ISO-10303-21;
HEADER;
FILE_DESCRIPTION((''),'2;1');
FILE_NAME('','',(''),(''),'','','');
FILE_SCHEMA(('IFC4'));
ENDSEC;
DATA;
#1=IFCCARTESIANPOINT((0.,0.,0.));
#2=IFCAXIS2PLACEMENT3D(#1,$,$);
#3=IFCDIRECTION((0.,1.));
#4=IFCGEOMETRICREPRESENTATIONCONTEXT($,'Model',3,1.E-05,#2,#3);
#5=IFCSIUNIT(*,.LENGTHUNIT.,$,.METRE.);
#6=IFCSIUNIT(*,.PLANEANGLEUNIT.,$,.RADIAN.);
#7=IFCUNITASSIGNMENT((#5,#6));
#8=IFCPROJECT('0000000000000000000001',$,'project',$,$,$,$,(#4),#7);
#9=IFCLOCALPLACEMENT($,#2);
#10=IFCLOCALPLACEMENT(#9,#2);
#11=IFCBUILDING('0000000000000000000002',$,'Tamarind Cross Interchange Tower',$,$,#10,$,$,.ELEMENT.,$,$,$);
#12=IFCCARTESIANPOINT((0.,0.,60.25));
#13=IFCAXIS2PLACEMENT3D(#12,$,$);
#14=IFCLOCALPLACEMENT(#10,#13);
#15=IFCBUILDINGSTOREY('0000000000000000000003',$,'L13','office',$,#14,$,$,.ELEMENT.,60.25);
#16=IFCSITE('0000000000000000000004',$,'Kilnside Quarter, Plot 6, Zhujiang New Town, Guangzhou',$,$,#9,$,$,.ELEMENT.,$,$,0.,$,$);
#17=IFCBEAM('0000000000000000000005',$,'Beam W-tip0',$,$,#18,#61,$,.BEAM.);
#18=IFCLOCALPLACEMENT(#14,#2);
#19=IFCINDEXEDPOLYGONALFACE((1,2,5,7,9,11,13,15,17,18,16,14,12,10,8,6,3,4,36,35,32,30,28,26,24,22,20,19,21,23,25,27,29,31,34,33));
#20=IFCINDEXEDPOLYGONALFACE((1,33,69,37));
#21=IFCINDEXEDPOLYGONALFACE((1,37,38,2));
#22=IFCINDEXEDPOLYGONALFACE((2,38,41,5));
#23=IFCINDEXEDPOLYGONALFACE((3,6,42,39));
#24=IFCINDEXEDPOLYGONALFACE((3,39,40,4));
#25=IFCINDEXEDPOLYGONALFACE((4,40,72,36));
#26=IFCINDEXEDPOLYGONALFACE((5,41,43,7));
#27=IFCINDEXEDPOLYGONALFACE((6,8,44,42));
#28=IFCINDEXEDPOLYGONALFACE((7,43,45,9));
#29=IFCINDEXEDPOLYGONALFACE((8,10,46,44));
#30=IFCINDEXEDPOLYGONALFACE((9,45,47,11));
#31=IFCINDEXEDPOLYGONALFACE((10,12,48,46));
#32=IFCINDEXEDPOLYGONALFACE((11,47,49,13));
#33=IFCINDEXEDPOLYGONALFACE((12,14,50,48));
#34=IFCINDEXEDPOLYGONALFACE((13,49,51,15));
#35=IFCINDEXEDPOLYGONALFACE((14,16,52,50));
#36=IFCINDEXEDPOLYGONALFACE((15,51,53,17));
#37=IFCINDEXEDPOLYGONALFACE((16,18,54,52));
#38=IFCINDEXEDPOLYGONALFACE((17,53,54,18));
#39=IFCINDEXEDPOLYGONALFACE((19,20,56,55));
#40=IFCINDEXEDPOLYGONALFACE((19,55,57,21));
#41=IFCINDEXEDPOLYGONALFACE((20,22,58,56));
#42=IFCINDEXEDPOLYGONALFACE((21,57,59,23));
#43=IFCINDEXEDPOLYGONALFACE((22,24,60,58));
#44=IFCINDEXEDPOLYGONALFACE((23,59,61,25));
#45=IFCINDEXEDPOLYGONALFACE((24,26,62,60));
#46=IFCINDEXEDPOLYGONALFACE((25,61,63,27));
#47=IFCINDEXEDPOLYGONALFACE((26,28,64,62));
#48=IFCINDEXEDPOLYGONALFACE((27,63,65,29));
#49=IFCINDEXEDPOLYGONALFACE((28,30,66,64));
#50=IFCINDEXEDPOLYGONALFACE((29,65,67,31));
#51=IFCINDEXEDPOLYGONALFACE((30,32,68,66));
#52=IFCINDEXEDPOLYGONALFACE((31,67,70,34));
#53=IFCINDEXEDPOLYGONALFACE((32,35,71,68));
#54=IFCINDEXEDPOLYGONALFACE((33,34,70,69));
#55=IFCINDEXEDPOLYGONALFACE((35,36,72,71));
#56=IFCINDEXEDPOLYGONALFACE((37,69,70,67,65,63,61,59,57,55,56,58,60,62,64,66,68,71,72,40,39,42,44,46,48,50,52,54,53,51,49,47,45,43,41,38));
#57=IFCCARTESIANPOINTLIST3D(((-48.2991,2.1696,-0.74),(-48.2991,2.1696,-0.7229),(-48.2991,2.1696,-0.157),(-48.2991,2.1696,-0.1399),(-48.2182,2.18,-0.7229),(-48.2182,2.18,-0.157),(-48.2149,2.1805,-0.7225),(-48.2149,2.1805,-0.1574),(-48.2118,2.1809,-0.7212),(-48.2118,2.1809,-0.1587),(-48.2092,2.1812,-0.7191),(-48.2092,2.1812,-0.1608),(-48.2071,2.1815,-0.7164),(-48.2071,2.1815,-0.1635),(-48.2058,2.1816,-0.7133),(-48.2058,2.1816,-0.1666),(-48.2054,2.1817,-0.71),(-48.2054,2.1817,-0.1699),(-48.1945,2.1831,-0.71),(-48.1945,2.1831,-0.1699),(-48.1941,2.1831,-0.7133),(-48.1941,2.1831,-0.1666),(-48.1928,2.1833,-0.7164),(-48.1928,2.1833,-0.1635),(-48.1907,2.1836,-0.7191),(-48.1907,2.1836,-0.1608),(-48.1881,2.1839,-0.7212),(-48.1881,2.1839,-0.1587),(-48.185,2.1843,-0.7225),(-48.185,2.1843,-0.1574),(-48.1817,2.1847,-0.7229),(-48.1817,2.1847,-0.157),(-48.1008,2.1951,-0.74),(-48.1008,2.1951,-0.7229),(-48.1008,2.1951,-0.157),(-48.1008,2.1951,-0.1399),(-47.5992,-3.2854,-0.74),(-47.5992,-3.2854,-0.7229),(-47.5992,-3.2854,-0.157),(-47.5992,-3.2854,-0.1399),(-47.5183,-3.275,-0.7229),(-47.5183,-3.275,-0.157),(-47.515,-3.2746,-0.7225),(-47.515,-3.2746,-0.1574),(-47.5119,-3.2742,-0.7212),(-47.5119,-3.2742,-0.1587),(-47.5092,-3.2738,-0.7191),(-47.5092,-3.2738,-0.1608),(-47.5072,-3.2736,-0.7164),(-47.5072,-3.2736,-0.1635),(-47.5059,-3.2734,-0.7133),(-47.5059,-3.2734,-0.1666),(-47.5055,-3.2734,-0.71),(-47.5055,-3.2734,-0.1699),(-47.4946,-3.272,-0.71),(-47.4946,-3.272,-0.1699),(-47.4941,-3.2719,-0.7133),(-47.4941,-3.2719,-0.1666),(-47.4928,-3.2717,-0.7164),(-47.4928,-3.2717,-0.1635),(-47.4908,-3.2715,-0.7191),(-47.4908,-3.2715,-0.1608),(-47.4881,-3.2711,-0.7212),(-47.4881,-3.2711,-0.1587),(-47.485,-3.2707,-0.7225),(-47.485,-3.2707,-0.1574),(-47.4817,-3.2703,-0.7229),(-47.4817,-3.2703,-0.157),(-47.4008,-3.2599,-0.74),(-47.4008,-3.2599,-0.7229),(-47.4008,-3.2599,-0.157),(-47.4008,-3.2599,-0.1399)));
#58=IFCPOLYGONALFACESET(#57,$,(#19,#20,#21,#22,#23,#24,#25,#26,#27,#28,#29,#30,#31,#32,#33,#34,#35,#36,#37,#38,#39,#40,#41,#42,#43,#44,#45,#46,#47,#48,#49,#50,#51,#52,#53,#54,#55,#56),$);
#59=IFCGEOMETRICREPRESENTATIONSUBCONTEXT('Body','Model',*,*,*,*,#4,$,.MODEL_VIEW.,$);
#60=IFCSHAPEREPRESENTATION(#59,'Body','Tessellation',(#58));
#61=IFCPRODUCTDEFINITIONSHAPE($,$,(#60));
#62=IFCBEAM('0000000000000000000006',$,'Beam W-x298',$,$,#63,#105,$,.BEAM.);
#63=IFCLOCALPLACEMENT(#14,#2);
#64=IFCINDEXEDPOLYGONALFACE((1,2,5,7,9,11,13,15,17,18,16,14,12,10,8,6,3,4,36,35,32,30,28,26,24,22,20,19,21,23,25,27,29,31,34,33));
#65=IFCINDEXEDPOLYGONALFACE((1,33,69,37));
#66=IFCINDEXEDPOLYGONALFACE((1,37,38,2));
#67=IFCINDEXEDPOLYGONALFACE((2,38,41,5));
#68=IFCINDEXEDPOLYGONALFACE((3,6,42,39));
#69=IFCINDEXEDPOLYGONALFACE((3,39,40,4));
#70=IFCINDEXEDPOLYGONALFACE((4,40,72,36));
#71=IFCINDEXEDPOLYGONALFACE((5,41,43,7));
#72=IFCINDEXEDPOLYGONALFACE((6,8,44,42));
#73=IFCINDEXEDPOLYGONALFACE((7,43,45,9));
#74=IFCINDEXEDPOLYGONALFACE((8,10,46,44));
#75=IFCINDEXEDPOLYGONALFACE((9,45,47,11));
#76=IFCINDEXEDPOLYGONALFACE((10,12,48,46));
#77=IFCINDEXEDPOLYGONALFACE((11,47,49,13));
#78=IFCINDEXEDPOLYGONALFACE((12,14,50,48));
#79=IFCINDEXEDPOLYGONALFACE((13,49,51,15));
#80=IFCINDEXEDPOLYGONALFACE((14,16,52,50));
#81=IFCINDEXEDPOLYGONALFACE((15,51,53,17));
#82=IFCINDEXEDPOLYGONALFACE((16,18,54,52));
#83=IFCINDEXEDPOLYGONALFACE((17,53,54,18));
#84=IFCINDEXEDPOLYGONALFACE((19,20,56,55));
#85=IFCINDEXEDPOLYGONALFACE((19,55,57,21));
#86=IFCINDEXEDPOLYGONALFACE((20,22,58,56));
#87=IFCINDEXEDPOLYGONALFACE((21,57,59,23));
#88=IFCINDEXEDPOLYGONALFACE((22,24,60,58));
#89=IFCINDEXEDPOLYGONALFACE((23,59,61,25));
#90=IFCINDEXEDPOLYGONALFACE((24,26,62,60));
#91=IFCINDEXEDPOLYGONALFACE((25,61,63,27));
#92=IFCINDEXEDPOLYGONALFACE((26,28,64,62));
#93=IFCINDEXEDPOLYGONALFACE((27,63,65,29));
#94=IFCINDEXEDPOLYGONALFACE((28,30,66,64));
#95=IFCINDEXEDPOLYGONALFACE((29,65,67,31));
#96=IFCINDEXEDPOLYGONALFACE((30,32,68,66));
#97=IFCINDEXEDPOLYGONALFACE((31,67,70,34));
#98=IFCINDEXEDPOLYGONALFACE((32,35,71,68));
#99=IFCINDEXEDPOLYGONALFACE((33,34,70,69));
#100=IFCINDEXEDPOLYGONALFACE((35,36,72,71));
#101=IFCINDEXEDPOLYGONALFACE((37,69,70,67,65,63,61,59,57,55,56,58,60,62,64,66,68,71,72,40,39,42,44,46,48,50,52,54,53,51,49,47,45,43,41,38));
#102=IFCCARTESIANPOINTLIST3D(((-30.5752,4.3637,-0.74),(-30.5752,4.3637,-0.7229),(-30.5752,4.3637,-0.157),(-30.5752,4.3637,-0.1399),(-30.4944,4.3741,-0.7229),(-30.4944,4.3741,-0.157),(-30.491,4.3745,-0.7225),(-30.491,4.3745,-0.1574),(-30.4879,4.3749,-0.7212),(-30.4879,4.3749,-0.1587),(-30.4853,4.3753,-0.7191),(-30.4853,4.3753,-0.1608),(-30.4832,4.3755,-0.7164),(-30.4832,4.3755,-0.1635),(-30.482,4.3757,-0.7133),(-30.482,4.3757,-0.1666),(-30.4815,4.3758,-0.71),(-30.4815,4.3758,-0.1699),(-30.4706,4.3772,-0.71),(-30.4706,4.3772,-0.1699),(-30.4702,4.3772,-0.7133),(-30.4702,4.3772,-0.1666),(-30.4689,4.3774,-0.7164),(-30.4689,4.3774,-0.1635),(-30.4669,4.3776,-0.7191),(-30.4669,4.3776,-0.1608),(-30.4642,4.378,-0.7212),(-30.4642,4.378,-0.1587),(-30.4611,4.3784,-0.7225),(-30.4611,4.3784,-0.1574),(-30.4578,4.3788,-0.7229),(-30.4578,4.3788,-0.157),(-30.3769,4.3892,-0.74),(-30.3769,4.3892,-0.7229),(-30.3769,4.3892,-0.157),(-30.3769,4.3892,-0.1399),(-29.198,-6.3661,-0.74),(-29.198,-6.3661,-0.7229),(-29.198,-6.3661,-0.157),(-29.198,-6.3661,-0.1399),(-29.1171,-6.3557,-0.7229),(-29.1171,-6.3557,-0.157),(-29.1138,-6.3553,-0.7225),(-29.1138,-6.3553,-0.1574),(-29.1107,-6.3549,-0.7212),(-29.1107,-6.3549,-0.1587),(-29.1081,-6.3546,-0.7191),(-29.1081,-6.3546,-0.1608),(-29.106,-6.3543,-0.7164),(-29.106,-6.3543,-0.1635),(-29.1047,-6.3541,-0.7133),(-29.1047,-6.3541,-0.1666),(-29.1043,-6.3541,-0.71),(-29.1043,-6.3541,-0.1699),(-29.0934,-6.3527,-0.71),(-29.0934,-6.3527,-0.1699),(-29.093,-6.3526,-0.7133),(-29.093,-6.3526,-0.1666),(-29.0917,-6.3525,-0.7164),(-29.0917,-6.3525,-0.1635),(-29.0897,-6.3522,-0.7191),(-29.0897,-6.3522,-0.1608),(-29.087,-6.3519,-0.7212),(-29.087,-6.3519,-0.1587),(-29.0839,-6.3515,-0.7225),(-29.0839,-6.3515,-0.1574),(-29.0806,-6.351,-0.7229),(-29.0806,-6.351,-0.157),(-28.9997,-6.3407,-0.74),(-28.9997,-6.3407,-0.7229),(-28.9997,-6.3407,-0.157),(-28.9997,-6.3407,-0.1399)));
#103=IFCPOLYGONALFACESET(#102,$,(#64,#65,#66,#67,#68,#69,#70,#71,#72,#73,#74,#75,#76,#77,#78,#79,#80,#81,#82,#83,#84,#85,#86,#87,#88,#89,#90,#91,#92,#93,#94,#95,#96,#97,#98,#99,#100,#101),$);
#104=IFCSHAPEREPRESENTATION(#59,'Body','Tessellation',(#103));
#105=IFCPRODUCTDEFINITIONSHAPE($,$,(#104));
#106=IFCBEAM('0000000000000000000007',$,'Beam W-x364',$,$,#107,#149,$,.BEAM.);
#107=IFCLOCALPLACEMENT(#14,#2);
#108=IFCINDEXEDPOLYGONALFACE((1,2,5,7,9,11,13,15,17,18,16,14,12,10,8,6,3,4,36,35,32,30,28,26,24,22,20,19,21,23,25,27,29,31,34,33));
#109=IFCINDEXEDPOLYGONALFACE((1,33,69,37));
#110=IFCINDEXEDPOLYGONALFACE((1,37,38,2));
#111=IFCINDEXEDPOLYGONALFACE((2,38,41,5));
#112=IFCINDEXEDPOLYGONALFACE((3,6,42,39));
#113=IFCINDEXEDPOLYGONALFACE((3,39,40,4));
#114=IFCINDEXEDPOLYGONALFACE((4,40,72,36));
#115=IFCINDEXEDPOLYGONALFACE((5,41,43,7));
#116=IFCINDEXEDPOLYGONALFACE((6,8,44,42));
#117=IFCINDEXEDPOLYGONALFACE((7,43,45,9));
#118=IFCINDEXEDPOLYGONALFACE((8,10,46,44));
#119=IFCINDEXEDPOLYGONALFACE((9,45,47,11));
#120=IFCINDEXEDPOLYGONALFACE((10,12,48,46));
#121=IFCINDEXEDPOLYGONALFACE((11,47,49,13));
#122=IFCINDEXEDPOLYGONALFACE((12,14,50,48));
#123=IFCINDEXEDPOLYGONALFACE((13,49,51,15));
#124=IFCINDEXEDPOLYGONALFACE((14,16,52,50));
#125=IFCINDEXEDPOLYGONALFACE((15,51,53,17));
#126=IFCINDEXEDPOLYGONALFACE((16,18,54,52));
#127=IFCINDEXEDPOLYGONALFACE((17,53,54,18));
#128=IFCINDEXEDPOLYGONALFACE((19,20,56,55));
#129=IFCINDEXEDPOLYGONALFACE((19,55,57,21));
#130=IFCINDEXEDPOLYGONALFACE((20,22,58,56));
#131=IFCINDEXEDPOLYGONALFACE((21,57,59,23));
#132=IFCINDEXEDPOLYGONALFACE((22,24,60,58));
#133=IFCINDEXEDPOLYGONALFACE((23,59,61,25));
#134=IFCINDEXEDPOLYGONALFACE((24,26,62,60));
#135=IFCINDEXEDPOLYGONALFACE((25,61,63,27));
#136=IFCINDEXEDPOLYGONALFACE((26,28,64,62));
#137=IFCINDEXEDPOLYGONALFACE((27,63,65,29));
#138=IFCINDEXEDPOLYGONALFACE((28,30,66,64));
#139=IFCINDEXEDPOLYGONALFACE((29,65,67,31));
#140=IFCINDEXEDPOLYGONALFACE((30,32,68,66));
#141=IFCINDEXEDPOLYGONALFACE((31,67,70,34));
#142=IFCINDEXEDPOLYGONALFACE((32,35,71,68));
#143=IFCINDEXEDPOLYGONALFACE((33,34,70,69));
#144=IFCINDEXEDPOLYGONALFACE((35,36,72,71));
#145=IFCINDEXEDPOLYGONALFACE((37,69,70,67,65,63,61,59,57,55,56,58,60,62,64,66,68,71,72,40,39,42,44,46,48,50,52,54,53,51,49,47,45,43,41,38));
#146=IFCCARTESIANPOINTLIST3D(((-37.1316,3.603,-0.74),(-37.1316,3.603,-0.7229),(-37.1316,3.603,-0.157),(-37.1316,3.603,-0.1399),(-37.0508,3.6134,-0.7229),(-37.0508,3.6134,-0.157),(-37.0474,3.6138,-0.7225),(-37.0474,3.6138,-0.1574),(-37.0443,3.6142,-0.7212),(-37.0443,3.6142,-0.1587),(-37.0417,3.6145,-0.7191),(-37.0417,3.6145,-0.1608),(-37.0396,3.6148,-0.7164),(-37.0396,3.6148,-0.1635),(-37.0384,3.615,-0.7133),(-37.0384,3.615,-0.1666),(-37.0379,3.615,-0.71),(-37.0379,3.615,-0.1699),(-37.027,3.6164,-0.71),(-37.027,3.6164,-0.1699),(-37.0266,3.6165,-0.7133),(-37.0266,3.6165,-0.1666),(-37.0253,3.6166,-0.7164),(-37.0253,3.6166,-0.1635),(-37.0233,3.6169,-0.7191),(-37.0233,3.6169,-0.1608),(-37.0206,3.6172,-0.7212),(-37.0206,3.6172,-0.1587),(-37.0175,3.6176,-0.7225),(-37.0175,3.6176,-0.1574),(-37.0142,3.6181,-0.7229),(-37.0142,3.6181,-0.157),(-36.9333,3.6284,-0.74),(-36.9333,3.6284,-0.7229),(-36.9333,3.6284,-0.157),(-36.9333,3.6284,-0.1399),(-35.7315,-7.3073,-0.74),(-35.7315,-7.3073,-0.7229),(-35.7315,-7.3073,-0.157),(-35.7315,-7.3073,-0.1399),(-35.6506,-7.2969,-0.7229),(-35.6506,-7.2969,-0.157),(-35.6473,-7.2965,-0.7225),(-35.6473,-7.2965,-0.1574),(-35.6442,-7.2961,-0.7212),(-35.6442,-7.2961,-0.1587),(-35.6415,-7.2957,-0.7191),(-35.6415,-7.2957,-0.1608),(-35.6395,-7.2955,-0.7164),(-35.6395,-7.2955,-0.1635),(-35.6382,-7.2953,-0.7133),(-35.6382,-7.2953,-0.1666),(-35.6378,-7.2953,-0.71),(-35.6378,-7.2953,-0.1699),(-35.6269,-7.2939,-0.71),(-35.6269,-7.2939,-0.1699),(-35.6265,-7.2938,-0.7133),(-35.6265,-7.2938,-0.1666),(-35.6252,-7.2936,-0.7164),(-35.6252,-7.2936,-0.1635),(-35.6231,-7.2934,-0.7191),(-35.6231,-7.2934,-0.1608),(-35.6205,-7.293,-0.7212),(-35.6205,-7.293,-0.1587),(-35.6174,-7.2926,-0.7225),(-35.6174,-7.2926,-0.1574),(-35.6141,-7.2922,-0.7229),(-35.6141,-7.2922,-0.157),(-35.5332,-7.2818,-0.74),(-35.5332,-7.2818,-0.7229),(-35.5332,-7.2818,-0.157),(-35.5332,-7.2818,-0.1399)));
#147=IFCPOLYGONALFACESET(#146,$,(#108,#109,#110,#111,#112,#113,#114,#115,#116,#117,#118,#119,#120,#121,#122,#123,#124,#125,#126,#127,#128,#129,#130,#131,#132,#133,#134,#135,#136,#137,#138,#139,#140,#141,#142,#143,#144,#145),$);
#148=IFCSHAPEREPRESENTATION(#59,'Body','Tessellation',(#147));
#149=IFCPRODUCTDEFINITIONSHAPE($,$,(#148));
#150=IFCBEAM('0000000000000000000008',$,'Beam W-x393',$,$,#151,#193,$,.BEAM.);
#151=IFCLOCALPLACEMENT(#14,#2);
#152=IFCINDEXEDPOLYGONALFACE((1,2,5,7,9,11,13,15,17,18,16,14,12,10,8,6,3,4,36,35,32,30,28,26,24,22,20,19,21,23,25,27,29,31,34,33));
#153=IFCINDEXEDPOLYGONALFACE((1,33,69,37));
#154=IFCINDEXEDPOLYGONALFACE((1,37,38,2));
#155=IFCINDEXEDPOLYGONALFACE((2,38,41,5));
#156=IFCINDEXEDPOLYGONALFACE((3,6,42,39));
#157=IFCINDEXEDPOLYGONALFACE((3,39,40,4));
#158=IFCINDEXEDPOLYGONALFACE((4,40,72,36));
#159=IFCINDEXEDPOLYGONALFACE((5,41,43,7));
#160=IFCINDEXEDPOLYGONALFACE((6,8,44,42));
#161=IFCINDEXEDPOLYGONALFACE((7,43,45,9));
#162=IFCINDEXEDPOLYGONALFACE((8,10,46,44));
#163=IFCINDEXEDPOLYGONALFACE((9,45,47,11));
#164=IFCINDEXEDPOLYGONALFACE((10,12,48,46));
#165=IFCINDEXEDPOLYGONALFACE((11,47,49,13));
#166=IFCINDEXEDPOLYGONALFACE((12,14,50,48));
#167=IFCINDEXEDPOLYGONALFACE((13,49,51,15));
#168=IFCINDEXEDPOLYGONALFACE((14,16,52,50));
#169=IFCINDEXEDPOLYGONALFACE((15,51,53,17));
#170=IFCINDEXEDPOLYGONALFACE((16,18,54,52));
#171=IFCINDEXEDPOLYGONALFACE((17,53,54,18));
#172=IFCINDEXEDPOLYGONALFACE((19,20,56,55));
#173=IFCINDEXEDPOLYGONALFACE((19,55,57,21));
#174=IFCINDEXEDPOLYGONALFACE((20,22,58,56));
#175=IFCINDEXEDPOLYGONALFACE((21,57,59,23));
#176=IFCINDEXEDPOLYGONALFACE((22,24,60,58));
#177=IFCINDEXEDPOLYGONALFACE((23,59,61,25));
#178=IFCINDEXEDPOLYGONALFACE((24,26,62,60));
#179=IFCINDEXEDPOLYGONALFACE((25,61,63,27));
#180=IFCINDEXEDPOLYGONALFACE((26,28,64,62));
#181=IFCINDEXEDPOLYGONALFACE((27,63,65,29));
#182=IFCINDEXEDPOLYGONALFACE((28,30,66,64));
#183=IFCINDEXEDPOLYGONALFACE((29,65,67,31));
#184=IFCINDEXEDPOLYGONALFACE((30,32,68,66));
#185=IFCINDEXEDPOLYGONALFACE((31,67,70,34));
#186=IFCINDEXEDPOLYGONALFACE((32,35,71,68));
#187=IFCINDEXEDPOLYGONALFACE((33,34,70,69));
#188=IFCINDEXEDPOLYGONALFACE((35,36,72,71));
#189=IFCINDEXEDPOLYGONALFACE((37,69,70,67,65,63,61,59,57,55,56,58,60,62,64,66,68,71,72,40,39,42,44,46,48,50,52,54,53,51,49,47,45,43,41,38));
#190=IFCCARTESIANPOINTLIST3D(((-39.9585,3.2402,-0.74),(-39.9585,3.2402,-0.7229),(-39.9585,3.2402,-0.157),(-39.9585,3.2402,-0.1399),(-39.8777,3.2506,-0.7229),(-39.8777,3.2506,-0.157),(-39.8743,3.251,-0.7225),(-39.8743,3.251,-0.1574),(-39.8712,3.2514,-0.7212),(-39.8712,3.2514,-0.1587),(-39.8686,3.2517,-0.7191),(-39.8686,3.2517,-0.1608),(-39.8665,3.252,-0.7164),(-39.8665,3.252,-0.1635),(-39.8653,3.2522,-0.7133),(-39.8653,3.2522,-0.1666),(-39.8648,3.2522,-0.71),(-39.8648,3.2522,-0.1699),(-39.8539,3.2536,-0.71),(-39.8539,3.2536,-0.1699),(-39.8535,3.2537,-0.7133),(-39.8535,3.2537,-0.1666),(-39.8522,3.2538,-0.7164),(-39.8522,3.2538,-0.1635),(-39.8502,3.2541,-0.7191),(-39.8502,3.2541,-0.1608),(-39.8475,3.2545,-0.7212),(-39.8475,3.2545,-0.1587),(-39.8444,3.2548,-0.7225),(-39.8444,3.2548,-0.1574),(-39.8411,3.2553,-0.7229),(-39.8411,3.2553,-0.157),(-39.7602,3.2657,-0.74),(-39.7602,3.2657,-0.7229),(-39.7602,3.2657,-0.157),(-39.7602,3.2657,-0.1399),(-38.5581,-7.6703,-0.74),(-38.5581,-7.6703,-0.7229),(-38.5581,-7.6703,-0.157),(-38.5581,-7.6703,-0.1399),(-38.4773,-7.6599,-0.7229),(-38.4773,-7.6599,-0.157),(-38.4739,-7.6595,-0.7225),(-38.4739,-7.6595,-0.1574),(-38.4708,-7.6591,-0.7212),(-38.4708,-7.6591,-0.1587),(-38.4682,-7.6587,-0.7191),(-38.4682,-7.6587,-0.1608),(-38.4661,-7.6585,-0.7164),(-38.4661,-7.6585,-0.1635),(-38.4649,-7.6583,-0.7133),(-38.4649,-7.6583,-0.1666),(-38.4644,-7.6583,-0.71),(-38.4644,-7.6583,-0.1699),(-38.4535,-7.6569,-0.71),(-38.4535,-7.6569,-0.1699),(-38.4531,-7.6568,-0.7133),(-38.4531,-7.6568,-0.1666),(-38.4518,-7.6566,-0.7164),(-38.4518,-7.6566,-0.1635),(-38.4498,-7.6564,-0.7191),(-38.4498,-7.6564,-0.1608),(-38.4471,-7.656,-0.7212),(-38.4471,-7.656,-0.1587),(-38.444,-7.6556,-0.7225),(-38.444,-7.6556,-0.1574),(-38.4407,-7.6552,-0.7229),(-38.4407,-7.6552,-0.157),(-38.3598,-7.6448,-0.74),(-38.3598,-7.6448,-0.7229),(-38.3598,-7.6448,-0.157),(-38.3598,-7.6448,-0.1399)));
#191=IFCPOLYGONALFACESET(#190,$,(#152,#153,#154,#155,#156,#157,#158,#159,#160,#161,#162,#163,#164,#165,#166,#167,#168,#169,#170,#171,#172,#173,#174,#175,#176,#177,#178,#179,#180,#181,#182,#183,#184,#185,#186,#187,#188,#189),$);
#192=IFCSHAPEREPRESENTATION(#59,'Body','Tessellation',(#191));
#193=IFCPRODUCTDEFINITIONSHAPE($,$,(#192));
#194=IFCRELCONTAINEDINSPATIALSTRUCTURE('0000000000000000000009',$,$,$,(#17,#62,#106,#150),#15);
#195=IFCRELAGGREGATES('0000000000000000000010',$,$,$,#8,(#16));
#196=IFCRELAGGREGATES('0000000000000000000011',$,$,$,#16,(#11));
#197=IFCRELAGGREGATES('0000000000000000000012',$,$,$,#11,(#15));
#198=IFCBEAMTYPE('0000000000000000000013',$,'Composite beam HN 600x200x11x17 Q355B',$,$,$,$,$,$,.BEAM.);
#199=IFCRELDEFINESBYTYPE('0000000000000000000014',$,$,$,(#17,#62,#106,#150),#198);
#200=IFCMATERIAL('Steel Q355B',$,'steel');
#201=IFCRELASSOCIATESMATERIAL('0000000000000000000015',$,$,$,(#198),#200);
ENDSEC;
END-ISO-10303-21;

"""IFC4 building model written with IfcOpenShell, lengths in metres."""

from ifc_helpers import new_model, si_unit, direction, frame, origin, origin_2d, place, context, subcontext, project, spatial, i_section, extrude, material, material_profile, profile_set, type_object, element, save


model = new_model("IFC4")

# Units and contexts
model_context = context("Model", 3, precision=1e-05, world=origin(), true_north=direction((0.0, 1.0)))
body_context = subcontext(model_context, "Body", "Model", "MODEL_VIEW")
ifc_project = project(units=[si_unit("LENGTHUNIT", "METRE"), si_unit("PLANEANGLEUNIT", "RADIAN")], contexts=[model_context])

# Site, building, storey
site_placement = place(None, origin())
site = spatial("IfcSite", under=ifc_project, at=site_placement, Name="Kilnside Quarter, Plot 6, Zhujiang New Town, Guangzhou", CompositionType="ELEMENT", RefElevation=0.0)
building_placement = place(site_placement, origin())
building = spatial("IfcBuilding", under=site, at=building_placement, Name="Tamarind Cross Interchange Tower", CompositionType="ELEMENT")
storey_placement = place(building_placement, frame((0.0, 0.0, 60.25)))
storey = spatial("IfcBuildingStorey", under=building, at=storey_placement, Name="L13", Description="office", CompositionType="ELEMENT", Elevation=60.25)

# Beams
ifc_material_1 = material(Name="Steel Q355B", Category="steel")
ifc_material_profile_1 = material_profile(ifc_material_1, i_section(OverallWidth=0.2, OverallDepth=0.6001, WebThickness=0.011, FlangeThickness=0.0171, FilletRadius=0.0129, at=origin_2d()), Name="HN 600x200x11x17")
ifc_profile_set_1 = profile_set([ifc_material_profile_1], Name="Steel Q355B")
beam_type_1 = type_object("IfcBeamType", Name="Composite beam HN 600x200x11x17 Q355B", PredefinedType="BEAM", material=ifc_profile_set_1)
beam_1_placement = place(storey_placement, frame((-48.2, 2.1824, -0.4399), z_axis=(0.127268, -0.991868, 0.0), x_axis=(0.991868, 0.127268, 0.0)))
element("IfcBeam", 1, at=beam_1_placement, inside=storey, type_object=beam_type_1, Name="Beam W-tip0", PredefinedType="BEAM", context=body_context, shape_type="SweptSolid", body=[
    extrude(i_section(OverallWidth=0.2, OverallDepth=0.6001, WebThickness=0.011, FlangeThickness=0.0171, FilletRadius=0.0129, at=origin_2d()), origin(), (0.0, 0.0, 1.0), 5.4998),
])
beam_2_placement = place(storey_placement, frame((-30.4761, 4.3765, -0.4399), z_axis=(0.127309, -0.991863, 0.0), x_axis=(0.991863, 0.127309, 0.0)))
element("IfcBeam", 2, at=beam_2_placement, inside=storey, type_object=beam_type_1, Name="Beam W-x298", PredefinedType="BEAM", context=body_context, shape_type="SweptSolid", body=[
    extrude(i_section(OverallWidth=0.2, OverallDepth=0.6001, WebThickness=0.011, FlangeThickness=0.0171, FilletRadius=0.0129, at=origin_2d()), origin(), (0.0, 0.0, 1.0), 10.8179),
])
beam_3_placement = place(storey_placement, frame((-37.0325, 3.6157, -0.4399), z_axis=(0.127287, -0.991866, 0.0), x_axis=(0.991866, 0.127287, 0.0)))
element("IfcBeam", 3, at=beam_3_placement, inside=storey, type_object=beam_type_1, Name="Beam W-x364", PredefinedType="BEAM", context=body_context, shape_type="SweptSolid", body=[
    extrude(i_section(OverallWidth=0.2, OverallDepth=0.6001, WebThickness=0.011, FlangeThickness=0.0171, FilletRadius=0.0129, at=origin_2d()), origin(), (0.0, 0.0, 1.0), 10.9998),
])
beam_4_placement = place(storey_placement, frame((-39.8594, 3.2529, -0.4399), z_axis=(0.127309, -0.991863, 0.0), x_axis=(0.991863, 0.127309, 0.0)))
element("IfcBeam", 4, at=beam_4_placement, inside=storey, type_object=beam_type_1, Name="Beam W-x393", PredefinedType="BEAM", context=body_context, shape_type="SweptSolid", body=[
    extrude(i_section(OverallWidth=0.2, OverallDepth=0.6001, WebThickness=0.011, FlangeThickness=0.0171, FilletRadius=0.0129, at=origin_2d()), origin(), (0.0, 0.0, 1.0), 11.0),
])

save(model, "model.ifc")
